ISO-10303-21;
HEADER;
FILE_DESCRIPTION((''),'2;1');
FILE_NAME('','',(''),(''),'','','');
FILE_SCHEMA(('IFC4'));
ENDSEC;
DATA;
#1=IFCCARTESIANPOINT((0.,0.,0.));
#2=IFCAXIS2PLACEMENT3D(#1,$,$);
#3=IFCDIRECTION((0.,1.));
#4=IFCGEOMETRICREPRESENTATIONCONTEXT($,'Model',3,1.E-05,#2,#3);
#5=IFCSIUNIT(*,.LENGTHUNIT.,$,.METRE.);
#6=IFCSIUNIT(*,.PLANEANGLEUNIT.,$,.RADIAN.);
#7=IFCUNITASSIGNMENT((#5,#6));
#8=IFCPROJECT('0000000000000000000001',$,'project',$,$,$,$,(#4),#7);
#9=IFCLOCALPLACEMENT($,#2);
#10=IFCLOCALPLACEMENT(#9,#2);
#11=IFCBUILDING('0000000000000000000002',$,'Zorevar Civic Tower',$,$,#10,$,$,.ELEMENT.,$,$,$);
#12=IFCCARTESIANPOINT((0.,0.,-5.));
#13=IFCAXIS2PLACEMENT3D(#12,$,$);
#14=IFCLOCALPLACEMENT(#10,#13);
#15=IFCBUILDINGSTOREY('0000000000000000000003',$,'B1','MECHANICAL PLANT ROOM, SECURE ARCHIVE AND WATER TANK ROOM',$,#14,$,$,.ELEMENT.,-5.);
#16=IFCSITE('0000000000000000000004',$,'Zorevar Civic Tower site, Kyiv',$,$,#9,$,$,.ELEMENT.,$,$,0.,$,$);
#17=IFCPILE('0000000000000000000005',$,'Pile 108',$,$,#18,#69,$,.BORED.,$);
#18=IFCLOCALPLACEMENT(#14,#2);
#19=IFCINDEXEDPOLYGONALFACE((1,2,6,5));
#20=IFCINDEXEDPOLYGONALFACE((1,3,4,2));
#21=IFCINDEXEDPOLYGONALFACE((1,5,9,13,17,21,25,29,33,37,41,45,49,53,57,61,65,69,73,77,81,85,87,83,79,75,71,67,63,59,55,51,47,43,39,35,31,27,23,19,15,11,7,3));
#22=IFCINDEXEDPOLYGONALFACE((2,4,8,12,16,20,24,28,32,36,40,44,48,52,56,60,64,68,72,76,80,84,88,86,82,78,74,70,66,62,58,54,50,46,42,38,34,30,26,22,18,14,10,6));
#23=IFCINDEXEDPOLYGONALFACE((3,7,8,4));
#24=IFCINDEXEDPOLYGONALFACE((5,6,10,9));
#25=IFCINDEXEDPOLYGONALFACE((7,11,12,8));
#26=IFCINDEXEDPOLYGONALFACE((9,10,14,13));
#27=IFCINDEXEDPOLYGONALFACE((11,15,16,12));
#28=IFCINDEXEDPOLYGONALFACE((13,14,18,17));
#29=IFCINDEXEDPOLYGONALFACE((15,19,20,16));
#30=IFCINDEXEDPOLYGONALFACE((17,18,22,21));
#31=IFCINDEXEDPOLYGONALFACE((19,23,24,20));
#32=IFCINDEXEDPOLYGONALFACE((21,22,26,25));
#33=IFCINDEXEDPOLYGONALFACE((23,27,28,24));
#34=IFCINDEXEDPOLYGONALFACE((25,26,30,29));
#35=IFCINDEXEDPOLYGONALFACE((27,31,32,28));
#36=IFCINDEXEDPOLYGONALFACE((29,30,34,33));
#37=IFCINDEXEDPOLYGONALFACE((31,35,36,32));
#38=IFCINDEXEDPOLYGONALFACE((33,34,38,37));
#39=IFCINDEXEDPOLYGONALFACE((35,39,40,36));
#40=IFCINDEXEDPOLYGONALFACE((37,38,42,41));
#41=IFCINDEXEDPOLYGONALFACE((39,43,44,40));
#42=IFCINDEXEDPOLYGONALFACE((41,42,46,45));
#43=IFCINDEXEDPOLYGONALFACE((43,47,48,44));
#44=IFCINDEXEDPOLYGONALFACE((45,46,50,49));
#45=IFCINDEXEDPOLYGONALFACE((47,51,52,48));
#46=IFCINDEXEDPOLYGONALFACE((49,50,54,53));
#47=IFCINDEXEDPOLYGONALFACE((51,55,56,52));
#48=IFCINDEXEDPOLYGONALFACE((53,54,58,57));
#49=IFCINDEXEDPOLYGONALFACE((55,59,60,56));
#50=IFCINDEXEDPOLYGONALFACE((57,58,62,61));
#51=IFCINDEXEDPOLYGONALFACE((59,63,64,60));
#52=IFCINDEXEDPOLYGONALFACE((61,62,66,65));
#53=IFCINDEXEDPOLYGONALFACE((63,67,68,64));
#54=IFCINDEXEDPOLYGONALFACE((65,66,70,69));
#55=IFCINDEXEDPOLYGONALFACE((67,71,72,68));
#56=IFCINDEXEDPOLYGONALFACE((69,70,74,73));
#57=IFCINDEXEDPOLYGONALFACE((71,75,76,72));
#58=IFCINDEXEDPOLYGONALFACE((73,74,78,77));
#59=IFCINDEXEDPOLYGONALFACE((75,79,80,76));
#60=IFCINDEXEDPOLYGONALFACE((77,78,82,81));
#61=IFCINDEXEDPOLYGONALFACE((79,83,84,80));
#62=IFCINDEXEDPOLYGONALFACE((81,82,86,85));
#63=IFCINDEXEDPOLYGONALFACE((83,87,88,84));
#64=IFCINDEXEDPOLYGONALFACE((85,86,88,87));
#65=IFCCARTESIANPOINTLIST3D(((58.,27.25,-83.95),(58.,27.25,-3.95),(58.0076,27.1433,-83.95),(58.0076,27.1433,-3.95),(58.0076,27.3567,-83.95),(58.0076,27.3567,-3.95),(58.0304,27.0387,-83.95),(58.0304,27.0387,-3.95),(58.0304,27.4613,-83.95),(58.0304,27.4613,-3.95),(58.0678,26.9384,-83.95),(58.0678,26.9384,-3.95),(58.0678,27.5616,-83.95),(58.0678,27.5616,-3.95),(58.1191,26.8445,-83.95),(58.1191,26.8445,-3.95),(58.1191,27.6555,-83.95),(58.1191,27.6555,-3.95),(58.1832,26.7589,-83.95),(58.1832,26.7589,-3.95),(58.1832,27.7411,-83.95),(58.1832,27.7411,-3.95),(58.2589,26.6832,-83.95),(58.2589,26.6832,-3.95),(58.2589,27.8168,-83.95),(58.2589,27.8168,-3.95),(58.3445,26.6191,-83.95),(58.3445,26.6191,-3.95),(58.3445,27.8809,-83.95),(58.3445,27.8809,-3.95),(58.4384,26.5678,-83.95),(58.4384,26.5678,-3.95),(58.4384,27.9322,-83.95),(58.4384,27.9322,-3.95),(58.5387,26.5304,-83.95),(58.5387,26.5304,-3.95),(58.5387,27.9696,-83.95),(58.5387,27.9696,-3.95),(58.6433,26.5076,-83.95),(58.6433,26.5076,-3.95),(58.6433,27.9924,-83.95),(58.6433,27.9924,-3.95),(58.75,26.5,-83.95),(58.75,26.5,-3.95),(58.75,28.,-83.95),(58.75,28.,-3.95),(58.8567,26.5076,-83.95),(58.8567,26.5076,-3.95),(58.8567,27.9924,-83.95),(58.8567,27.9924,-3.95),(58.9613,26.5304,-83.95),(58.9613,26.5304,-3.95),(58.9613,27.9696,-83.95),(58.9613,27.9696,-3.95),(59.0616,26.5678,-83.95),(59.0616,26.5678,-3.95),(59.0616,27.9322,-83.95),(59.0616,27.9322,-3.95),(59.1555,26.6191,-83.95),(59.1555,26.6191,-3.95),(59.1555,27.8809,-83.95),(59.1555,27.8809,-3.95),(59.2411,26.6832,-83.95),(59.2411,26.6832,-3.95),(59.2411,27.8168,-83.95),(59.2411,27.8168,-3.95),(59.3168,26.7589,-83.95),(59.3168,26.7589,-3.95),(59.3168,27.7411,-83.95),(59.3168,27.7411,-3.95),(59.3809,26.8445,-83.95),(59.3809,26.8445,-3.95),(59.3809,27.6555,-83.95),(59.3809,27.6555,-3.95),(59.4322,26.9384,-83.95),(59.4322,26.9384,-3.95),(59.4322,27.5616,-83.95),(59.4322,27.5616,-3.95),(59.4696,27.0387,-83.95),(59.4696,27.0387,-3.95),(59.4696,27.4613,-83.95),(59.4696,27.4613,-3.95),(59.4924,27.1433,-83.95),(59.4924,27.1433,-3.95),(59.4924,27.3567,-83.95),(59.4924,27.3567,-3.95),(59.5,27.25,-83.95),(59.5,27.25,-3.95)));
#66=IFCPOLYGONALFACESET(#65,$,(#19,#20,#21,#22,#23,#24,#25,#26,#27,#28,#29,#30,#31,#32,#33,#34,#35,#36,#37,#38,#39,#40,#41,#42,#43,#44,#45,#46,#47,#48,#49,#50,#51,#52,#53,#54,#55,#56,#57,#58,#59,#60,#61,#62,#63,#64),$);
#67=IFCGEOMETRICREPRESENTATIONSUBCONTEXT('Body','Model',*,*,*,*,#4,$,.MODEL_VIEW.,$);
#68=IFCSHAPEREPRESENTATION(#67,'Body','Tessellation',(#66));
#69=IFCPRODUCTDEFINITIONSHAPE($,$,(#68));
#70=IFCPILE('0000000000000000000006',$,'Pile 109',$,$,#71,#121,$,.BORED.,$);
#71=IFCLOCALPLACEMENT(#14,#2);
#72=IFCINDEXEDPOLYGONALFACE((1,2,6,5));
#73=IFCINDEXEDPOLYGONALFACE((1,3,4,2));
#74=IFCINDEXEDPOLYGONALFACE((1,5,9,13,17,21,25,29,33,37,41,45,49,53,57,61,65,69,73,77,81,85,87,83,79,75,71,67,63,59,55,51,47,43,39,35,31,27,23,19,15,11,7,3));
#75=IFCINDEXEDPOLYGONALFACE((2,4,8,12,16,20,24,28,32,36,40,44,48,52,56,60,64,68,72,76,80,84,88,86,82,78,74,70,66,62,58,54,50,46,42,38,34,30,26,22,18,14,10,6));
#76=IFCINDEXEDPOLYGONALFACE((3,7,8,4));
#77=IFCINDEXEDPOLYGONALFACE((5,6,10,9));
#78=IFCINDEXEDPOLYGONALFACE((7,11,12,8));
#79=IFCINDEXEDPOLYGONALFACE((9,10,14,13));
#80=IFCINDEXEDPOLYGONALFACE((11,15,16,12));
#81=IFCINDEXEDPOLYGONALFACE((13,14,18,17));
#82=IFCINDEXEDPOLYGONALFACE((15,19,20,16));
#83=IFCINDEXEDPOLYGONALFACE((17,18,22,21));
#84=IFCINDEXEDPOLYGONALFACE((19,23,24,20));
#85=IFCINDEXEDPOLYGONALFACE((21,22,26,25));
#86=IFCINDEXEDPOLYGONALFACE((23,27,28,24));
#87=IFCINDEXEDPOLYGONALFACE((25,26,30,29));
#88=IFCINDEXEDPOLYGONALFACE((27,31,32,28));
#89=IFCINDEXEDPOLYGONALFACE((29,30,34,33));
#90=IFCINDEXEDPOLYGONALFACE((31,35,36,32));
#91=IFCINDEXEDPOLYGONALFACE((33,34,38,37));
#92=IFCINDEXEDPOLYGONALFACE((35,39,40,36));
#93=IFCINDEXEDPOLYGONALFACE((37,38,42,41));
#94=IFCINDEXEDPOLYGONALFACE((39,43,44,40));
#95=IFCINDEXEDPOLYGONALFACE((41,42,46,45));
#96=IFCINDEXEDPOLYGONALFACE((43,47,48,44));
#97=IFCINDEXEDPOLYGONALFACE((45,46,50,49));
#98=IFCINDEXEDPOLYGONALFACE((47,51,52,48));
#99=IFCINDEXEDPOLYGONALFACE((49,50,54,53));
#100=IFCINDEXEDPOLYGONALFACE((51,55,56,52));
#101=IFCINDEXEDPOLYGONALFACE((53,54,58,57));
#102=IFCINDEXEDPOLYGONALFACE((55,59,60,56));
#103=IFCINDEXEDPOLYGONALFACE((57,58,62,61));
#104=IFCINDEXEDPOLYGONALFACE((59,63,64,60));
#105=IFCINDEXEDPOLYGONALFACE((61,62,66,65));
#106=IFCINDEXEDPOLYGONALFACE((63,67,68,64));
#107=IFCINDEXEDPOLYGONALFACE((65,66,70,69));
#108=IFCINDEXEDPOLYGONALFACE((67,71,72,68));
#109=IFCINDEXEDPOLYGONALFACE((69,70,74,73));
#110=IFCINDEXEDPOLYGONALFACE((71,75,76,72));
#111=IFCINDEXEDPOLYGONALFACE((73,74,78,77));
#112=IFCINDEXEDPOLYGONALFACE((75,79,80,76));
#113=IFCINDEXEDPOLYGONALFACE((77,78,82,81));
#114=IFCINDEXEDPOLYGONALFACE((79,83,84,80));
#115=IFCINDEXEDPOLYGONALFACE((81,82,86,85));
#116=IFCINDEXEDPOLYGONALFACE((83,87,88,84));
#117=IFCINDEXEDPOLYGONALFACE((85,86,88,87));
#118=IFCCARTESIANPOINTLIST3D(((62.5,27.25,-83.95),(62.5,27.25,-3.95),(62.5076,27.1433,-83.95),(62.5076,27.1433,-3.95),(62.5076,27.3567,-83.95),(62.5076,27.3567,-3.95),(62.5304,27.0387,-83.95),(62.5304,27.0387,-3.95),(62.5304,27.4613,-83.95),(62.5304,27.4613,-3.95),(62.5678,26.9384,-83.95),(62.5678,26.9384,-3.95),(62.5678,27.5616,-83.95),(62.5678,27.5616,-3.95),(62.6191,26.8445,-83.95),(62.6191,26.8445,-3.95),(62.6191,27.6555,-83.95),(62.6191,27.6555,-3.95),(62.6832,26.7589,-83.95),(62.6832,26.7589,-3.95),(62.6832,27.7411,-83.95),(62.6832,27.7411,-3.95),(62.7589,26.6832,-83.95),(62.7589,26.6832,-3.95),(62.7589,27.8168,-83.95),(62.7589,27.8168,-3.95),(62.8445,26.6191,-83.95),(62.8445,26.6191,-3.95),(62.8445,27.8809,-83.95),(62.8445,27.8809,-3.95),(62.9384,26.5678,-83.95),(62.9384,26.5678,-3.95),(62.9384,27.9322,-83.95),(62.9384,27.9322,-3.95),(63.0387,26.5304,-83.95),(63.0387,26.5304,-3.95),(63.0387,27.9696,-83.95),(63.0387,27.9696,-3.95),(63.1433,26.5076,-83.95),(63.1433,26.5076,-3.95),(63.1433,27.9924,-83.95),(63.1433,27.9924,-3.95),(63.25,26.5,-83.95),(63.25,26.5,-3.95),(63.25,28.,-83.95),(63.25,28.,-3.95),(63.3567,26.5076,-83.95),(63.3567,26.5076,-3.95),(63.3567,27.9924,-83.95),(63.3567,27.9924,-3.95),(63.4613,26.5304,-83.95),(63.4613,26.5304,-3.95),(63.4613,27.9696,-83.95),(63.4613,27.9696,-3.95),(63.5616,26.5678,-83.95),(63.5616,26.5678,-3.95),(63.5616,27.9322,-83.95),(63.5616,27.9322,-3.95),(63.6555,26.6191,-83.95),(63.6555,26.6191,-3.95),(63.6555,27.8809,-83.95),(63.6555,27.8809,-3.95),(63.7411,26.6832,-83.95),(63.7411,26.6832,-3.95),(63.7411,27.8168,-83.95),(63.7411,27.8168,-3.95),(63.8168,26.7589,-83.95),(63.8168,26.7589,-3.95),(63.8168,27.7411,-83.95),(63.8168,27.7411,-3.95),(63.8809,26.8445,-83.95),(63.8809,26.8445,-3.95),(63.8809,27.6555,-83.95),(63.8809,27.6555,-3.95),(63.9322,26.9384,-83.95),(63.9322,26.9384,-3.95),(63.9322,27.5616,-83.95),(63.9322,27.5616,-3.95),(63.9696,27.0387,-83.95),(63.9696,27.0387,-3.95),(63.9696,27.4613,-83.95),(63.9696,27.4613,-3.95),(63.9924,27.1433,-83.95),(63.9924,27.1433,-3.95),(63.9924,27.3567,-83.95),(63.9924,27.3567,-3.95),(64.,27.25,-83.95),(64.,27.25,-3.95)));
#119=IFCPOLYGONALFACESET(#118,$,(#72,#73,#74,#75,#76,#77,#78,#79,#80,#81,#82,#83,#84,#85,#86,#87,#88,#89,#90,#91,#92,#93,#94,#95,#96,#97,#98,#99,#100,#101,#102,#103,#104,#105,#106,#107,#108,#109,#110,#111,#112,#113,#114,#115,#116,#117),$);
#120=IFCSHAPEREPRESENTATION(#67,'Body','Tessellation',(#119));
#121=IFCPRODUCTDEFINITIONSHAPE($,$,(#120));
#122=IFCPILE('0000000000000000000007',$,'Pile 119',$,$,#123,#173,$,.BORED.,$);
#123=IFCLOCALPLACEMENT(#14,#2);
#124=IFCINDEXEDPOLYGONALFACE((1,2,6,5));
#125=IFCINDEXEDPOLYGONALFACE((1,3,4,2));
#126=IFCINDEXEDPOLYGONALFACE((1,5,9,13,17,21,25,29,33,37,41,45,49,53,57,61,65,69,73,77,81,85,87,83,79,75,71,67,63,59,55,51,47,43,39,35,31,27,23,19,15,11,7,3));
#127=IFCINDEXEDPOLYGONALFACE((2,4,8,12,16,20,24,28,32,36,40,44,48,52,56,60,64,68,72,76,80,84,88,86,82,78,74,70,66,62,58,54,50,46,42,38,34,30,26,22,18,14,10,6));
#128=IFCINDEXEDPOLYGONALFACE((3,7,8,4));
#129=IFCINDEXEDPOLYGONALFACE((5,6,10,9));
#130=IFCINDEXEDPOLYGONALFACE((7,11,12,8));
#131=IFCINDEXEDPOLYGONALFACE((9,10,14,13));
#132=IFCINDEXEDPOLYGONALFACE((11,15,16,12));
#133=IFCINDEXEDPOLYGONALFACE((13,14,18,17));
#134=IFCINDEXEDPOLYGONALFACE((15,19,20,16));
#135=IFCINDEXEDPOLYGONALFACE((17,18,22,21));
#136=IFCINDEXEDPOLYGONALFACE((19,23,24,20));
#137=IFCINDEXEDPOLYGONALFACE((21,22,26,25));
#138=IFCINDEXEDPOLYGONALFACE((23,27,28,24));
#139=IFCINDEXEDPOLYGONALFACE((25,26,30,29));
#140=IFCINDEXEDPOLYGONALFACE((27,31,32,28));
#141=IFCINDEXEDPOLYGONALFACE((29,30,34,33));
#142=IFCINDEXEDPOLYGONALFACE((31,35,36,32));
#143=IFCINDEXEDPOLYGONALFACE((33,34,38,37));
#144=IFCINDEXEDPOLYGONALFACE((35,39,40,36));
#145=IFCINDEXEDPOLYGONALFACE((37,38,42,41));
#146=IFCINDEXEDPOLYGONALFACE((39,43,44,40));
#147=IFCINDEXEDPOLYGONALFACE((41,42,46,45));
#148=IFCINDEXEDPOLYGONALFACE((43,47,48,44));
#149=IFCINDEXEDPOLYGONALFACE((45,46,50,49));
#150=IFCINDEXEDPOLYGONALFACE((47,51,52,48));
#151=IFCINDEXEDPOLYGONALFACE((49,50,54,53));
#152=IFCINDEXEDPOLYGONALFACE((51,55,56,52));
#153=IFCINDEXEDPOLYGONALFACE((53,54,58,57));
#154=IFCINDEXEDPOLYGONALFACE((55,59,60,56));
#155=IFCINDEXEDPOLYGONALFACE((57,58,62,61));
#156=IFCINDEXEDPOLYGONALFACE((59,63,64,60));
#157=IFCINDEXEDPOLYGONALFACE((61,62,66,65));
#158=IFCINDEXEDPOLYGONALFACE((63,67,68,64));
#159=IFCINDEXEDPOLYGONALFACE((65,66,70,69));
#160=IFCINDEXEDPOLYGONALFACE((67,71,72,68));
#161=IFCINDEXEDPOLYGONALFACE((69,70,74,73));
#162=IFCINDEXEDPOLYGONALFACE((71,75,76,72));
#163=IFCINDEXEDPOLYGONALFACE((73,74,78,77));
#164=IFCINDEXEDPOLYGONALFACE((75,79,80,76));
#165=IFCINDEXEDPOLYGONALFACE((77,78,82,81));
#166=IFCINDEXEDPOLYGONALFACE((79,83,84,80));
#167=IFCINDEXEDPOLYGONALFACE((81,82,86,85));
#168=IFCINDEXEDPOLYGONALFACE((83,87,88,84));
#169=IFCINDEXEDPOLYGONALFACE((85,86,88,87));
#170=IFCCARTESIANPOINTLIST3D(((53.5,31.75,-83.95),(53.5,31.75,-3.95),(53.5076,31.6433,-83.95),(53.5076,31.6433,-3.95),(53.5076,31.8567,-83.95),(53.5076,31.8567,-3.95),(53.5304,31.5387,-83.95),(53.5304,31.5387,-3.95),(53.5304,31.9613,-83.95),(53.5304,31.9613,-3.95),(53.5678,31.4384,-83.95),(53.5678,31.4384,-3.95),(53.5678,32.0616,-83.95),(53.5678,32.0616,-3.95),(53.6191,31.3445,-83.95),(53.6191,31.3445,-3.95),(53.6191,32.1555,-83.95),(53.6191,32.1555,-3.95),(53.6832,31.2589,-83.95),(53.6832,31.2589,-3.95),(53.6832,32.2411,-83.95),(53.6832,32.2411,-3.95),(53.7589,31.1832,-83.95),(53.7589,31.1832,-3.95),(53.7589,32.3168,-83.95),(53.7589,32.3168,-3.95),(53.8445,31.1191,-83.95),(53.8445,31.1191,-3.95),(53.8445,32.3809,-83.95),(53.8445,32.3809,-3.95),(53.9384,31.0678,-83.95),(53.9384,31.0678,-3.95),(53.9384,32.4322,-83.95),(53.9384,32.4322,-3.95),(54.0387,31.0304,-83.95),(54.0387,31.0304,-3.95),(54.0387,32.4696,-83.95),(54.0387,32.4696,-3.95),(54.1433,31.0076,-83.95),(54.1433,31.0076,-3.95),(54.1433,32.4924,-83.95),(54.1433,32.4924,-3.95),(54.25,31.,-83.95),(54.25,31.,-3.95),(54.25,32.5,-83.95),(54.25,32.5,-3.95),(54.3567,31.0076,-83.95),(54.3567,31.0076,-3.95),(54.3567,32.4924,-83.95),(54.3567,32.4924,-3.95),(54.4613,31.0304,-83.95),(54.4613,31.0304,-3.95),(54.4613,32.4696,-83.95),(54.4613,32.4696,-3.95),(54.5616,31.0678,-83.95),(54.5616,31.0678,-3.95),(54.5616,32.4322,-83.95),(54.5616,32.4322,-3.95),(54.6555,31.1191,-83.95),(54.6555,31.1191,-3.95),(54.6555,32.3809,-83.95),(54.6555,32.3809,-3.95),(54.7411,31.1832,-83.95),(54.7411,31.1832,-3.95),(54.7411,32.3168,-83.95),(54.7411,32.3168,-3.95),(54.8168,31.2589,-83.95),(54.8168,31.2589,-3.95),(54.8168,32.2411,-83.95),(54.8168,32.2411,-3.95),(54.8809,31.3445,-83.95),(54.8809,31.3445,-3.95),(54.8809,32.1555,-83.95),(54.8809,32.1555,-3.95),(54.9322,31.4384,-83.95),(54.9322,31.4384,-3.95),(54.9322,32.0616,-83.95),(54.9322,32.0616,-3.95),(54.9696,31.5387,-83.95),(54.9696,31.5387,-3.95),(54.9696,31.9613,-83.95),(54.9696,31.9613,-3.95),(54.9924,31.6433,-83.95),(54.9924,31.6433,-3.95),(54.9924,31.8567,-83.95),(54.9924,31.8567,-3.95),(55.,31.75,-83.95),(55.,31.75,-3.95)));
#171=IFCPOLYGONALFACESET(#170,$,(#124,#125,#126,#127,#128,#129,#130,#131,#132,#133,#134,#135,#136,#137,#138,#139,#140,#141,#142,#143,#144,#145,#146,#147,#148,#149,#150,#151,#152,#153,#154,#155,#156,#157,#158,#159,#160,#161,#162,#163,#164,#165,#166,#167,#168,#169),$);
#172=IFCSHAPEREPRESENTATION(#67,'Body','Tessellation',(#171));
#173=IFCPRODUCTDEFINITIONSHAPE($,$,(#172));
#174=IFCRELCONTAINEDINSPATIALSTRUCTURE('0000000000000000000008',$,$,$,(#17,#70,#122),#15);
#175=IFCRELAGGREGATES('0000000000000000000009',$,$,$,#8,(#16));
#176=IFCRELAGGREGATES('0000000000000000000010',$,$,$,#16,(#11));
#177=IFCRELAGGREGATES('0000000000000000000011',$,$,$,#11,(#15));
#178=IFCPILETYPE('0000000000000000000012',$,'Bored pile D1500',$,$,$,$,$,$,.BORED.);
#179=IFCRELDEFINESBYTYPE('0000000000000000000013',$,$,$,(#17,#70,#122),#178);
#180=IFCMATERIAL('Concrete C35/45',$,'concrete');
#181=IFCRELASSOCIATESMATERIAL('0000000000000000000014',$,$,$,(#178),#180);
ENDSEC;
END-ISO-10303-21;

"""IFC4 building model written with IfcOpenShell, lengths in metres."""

from ifc_helpers import new_model, si_unit, direction, frame, origin, origin_2d, place, context, subcontext, project, spatial, circle, extrude, material, type_object, element, save


model = new_model("IFC4")

# Units and contexts
model_context = context("Model", 3, precision=1e-05, world=origin(), true_north=direction((0.0, 1.0)))
body_context = subcontext(model_context, "Body", "Model", "MODEL_VIEW")
ifc_project = project(units=[si_unit("LENGTHUNIT", "METRE"), si_unit("PLANEANGLEUNIT", "RADIAN")], contexts=[model_context])

# Site, building, storey
site_placement = place(None, origin())
site = spatial("IfcSite", under=ifc_project, at=site_placement, Name="Zorevar Civic Tower site, Kyiv", CompositionType="ELEMENT", RefElevation=0.0)
building_placement = place(site_placement, origin())
building = spatial("IfcBuilding", under=site, at=building_placement, Name="Zorevar Civic Tower", CompositionType="ELEMENT")
storey_placement = place(building_placement, frame((0.0, 0.0, -5.0)))
storey = spatial("IfcBuildingStorey", under=building, at=storey_placement, Name="B1", Description="MECHANICAL PLANT ROOM, SECURE ARCHIVE AND WATER TANK ROOM", CompositionType="ELEMENT", Elevation=-5.0)

# Piles
ifc_material_1 = material(Name="Concrete C35/45", Category="concrete")
pile_type_1 = type_object("IfcPileType", Name="Bored pile D1500", PredefinedType="BORED", material=ifc_material_1)
for number, where, z_axis, x_axis, name in (
    (1, (58.75, 27.25, -3.95), (0.0, 0.0, -1.0), (1.0, 0.0, 0.0), "Pile 108"),
    (2, (63.25, 27.25, -3.95), (0.0, 0.0, -1.0), (1.0, 0.0, 0.0), "Pile 109"),
    (3, (54.25, 31.75, -3.95), (0.0, 0.0, -1.0), (1.0, 0.0, 0.0), "Pile 119"),
):
    element("IfcPile", number, at=place(storey_placement, frame(where, z_axis=z_axis, x_axis=x_axis)), inside=storey, type_object=pile_type_1, Name=name, PredefinedType="BORED", context=body_context, shape_type="SweptSolid", body=[
        extrude(circle(Radius=0.75, at=origin_2d()), origin(), (0.0, 0.0, 1.0), 80.0),
    ])

save(model, "model.ifc")
